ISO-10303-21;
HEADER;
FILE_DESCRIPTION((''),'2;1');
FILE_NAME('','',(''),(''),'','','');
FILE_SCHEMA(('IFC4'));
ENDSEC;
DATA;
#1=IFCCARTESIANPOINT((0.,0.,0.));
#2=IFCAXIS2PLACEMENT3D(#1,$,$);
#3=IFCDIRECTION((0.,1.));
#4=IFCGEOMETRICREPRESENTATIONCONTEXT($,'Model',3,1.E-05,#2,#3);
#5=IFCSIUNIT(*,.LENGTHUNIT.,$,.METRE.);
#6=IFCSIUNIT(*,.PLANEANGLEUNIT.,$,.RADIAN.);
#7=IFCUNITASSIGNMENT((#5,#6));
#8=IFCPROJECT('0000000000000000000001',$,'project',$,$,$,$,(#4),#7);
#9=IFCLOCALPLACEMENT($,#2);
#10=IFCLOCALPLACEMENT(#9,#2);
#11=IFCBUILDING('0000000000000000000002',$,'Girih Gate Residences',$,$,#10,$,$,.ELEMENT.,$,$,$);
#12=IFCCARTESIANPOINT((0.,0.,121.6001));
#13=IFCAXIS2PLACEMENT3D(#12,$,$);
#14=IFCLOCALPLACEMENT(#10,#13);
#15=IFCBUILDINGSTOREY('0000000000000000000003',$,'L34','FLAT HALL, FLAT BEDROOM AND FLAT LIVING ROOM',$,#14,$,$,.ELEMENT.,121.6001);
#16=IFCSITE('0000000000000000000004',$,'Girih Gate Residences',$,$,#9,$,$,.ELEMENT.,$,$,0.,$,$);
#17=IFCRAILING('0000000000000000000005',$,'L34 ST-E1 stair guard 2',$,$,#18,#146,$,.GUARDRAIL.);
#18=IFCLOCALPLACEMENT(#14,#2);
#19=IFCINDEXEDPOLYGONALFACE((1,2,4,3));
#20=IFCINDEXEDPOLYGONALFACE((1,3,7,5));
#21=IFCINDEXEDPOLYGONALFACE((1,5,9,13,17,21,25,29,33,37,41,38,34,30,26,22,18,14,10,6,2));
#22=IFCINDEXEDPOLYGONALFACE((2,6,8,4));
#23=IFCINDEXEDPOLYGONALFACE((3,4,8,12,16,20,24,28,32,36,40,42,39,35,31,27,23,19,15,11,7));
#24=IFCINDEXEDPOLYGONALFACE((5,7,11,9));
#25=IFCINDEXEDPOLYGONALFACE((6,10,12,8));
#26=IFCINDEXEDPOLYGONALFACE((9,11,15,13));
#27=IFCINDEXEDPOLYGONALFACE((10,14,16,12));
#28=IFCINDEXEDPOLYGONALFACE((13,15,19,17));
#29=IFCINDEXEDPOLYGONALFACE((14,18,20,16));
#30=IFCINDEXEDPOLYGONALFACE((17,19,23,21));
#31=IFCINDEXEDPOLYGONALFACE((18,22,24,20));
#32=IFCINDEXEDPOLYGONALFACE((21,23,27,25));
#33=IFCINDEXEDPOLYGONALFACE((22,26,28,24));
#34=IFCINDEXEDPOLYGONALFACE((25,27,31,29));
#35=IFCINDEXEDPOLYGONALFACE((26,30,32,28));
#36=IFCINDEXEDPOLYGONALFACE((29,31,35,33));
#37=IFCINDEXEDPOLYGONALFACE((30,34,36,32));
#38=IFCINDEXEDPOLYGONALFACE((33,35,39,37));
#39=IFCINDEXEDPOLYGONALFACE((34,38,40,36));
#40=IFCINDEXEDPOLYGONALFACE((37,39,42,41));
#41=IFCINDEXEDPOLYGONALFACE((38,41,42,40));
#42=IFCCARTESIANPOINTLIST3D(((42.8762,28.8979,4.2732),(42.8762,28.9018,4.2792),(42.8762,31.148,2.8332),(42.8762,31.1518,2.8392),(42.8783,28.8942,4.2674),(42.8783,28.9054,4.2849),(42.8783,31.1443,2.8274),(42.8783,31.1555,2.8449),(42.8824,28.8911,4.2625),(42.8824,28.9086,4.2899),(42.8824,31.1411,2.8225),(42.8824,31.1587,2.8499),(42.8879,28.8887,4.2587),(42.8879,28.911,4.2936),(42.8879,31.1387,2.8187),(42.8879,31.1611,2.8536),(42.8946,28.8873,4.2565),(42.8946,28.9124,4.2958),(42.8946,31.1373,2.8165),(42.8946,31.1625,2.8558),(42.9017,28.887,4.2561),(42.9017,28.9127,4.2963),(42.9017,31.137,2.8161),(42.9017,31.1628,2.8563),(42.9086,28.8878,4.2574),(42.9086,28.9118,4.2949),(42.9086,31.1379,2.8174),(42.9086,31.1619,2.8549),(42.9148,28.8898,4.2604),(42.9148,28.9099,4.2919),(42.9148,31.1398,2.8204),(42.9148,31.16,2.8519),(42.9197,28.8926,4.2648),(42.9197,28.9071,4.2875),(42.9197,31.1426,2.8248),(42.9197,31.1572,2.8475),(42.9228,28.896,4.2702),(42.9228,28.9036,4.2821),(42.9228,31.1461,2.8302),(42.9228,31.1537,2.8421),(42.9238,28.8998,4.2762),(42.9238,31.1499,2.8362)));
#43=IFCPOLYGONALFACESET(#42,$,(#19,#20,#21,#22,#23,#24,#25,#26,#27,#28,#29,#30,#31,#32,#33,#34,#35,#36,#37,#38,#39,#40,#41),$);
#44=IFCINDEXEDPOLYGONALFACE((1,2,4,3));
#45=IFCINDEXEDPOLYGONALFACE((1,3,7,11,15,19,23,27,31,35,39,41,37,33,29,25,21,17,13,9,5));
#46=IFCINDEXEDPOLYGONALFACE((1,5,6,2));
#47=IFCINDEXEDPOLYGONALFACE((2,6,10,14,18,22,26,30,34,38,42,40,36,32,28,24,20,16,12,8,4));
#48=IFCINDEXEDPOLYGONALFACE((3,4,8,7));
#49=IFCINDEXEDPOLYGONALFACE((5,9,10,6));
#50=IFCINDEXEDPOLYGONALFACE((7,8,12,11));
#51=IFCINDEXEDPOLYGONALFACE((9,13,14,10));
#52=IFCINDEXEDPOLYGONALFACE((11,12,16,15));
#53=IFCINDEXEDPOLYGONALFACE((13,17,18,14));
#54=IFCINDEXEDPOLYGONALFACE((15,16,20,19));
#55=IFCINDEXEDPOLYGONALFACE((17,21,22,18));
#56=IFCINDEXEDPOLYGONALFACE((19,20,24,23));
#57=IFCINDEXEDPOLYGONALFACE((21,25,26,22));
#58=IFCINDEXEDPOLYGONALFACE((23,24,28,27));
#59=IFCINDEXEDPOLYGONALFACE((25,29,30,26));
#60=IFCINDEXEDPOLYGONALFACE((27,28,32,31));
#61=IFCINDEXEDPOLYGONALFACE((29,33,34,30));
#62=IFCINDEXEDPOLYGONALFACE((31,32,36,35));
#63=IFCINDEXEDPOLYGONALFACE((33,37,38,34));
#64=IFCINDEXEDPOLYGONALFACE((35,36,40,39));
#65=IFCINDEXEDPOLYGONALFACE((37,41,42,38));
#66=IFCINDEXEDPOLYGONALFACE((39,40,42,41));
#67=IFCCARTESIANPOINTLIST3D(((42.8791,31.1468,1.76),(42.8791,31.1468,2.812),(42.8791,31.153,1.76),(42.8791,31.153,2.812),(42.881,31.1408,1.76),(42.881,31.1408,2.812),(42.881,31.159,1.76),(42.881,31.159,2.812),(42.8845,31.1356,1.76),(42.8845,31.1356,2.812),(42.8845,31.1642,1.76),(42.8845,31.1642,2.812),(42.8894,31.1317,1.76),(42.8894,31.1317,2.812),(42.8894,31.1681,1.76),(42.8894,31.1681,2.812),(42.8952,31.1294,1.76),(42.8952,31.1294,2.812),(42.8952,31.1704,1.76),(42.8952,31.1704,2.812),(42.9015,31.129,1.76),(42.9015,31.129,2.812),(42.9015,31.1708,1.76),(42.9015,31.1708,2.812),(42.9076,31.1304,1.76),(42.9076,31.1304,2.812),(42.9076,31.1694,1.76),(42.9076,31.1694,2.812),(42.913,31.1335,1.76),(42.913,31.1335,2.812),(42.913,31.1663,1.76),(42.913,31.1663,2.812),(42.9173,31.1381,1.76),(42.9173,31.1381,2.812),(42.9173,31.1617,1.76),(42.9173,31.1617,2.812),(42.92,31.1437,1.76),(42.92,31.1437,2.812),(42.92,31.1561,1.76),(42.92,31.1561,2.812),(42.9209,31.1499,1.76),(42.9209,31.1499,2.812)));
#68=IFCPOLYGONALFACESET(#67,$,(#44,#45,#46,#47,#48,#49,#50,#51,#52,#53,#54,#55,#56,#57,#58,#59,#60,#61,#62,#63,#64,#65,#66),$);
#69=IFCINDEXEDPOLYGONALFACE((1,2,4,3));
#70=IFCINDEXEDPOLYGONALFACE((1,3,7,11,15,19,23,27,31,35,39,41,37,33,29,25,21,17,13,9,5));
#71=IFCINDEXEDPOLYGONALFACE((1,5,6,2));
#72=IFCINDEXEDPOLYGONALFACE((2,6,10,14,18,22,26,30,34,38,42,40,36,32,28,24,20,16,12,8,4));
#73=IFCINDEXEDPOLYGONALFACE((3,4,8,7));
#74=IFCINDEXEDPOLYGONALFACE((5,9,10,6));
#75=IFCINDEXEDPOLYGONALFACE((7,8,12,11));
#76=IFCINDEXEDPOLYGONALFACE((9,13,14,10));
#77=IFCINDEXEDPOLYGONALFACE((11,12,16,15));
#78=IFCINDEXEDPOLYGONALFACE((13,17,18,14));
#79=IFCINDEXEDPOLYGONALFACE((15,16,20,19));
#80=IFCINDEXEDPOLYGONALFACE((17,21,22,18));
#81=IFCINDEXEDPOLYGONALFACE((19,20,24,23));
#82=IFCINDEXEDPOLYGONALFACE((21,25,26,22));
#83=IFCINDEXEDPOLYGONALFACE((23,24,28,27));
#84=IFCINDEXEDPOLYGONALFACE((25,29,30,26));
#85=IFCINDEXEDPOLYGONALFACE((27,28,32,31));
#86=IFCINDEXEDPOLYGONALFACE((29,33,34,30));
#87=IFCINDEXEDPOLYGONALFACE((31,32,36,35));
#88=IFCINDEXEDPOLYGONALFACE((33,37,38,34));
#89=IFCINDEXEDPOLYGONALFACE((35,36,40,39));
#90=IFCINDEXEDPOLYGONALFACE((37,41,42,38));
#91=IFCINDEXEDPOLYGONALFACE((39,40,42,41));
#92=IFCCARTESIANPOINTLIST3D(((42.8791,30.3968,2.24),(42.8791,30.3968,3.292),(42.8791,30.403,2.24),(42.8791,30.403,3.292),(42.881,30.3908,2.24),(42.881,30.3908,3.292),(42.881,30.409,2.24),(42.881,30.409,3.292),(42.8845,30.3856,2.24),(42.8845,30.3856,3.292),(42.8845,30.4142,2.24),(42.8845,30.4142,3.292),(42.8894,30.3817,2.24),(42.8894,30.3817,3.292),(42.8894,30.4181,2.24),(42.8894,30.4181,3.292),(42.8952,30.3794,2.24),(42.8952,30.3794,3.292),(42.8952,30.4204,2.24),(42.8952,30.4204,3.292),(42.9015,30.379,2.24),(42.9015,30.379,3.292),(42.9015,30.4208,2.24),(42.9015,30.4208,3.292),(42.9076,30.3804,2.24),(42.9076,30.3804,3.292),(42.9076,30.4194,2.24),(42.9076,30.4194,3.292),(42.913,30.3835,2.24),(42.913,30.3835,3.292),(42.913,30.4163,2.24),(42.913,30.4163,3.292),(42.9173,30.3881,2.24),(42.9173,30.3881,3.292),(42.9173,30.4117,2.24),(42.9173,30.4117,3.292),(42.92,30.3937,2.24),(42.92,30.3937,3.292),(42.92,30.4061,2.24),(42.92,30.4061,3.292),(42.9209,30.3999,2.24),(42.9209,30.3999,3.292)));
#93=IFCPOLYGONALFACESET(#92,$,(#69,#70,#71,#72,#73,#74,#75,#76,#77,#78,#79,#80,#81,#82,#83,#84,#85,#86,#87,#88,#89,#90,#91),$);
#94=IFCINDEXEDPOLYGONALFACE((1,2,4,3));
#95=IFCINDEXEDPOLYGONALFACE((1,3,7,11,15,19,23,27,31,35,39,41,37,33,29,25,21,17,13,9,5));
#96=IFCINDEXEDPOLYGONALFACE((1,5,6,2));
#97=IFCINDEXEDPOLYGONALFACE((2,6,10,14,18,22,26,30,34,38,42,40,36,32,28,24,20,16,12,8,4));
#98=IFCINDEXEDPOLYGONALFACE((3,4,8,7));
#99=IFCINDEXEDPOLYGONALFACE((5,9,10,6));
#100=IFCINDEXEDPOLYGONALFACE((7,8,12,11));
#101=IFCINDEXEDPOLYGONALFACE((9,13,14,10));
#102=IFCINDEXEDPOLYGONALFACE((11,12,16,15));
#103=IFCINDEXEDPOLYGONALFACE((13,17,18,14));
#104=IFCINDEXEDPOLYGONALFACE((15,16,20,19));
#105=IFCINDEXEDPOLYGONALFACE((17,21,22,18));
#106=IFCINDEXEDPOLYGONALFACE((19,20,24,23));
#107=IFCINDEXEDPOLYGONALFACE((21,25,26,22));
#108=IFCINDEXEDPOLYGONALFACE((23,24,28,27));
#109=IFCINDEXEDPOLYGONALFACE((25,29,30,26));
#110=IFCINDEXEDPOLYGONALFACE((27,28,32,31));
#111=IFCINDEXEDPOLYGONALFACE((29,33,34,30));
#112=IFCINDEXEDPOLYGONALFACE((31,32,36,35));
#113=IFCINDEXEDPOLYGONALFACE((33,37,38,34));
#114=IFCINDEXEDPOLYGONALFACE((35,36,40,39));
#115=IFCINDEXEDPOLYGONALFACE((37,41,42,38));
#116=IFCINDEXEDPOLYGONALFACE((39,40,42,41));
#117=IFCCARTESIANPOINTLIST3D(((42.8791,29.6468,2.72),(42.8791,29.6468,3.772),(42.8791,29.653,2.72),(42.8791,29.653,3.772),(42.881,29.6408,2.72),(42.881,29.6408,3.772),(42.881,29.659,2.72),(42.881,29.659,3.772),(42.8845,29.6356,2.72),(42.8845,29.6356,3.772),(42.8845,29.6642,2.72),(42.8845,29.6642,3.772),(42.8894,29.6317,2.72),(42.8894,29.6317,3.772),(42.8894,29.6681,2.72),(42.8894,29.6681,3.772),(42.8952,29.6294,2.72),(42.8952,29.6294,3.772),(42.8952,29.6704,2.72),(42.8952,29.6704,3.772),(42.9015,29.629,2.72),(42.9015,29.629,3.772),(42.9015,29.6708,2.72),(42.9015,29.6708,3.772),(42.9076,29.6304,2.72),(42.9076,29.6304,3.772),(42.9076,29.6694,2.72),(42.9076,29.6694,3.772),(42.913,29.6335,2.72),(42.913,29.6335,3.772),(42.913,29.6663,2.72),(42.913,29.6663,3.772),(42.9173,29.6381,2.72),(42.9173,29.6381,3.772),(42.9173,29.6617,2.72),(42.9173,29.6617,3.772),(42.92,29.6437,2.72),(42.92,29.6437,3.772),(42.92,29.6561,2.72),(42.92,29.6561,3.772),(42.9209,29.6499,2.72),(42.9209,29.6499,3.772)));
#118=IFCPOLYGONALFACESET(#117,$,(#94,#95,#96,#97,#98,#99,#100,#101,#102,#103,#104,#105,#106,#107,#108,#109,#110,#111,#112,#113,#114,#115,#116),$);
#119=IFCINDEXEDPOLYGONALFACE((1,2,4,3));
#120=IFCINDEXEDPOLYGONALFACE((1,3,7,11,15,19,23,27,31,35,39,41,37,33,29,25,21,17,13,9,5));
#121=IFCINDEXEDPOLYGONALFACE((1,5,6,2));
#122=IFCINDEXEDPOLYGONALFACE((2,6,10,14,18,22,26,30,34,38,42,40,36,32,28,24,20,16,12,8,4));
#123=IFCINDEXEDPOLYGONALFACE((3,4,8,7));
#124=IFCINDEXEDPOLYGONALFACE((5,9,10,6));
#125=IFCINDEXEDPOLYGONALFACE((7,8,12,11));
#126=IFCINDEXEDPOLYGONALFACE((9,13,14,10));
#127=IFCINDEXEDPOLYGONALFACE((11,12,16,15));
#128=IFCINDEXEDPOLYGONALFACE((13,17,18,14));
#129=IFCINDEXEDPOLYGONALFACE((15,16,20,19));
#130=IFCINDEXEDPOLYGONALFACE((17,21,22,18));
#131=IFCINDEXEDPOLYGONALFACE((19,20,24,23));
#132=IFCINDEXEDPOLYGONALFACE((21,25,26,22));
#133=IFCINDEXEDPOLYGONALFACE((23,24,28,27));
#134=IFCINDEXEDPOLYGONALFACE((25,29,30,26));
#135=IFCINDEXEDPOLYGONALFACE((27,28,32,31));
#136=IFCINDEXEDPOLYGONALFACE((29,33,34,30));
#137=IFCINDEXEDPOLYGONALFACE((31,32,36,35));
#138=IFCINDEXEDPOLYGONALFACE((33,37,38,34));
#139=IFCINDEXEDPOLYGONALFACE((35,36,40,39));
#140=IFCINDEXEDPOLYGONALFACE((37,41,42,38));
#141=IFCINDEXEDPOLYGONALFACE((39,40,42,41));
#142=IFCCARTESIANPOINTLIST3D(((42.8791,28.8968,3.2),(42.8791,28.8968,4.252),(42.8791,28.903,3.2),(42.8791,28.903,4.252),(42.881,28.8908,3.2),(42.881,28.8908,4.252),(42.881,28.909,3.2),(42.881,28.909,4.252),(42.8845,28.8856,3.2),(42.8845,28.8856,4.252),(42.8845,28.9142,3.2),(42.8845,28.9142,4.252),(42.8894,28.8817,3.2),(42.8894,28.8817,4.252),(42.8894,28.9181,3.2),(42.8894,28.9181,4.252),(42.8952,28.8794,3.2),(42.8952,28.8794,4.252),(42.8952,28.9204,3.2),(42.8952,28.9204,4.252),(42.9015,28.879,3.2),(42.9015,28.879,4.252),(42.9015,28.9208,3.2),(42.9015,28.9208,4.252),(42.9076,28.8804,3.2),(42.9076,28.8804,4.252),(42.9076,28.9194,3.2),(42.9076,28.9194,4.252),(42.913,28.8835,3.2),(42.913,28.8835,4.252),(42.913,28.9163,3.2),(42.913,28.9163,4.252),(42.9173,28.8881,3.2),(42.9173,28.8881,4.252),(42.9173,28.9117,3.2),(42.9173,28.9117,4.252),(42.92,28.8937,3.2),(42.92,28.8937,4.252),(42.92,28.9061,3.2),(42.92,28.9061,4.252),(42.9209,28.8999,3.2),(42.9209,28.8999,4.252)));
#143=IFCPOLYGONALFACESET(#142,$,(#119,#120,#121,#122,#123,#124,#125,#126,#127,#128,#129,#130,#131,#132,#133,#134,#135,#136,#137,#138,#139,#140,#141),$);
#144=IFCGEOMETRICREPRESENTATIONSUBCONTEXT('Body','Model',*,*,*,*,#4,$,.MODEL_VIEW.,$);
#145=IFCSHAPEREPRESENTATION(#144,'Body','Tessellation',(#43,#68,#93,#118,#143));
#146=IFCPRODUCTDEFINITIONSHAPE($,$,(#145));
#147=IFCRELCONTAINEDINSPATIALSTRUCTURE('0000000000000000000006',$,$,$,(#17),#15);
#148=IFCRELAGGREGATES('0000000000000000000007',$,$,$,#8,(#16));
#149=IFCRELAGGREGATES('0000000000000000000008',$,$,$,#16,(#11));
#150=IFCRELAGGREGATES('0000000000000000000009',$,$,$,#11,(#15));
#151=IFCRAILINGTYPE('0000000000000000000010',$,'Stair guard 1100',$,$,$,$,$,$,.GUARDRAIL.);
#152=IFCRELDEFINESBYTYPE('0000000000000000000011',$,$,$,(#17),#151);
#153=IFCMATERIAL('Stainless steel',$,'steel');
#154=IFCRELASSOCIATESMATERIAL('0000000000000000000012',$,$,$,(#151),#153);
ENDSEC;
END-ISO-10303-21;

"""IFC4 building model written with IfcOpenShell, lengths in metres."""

from ifc_helpers import new_model, si_unit, direction, frame, origin, origin_2d, place, context, subcontext, project, spatial, circle, extrude, material, type_object, element, save


model = new_model("IFC4")

# Units and contexts
model_context = context("Model", 3, precision=1e-05, world=origin(), true_north=direction((0.0, 1.0)))
body_context = subcontext(model_context, "Body", "Model", "MODEL_VIEW")
ifc_project = project(units=[si_unit("LENGTHUNIT", "METRE"), si_unit("PLANEANGLEUNIT", "RADIAN")], contexts=[model_context])

# Site, building, storey
site_placement = place(None, origin())
site = spatial("IfcSite", under=ifc_project, at=site_placement, Name="Girih Gate Residences", CompositionType="ELEMENT", RefElevation=0.0)
building_placement = place(site_placement, origin())
building = spatial("IfcBuilding", under=site, at=building_placement, Name="Girih Gate Residences", CompositionType="ELEMENT")
storey_placement = place(building_placement, frame((0.0, 0.0, 121.6001)))
storey = spatial("IfcBuildingStorey", under=building, at=storey_placement, Name="L34", Description="FLAT HALL, FLAT BEDROOM AND FLAT LIVING ROOM", CompositionType="ELEMENT", Elevation=121.6001)

# Railing
ifc_material_1 = material(Name="Stainless steel", Category="steel")
railing_type_1 = type_object("IfcRailingType", Name="Stair guard 1100", PredefinedType="GUARDRAIL", material=ifc_material_1)
railing_1_placement = place(storey_placement, frame((42.8999, 31.1499, 1.76)))
element("IfcRailing", 1, at=railing_1_placement, inside=storey, type_object=railing_type_1, Name="L34 ST-E1 stair guard 2", PredefinedType="GUARDRAIL", context=body_context, shape_type="SweptSolid", body=[
    extrude(circle(Radius=0.0239, at=origin_2d()), frame((0.0, 0.0, 1.0762), z_axis=(0.0, -0.842281, 0.539038), x_axis=(1.0, 0.0, 0.0)), (0.0, 0.0, 1.0), 2.6714),
    extrude(circle(Radius=0.021, at=origin_2d()), origin(), (0.0, 0.0, 1.0), 1.052),
    extrude(circle(Radius=0.021, at=origin_2d()), frame((0.0, -0.75, 0.48)), (0.0, 0.0, 1.0), 1.052),
    extrude(circle(Radius=0.021, at=origin_2d()), frame((0.0, -1.5, 0.96)), (0.0, 0.0, 1.0), 1.052),
    extrude(circle(Radius=0.021, at=origin_2d()), frame((0.0, -2.25, 1.4399)), (0.0, 0.0, 1.0), 1.052),
])

save(model, "model.ifc")
